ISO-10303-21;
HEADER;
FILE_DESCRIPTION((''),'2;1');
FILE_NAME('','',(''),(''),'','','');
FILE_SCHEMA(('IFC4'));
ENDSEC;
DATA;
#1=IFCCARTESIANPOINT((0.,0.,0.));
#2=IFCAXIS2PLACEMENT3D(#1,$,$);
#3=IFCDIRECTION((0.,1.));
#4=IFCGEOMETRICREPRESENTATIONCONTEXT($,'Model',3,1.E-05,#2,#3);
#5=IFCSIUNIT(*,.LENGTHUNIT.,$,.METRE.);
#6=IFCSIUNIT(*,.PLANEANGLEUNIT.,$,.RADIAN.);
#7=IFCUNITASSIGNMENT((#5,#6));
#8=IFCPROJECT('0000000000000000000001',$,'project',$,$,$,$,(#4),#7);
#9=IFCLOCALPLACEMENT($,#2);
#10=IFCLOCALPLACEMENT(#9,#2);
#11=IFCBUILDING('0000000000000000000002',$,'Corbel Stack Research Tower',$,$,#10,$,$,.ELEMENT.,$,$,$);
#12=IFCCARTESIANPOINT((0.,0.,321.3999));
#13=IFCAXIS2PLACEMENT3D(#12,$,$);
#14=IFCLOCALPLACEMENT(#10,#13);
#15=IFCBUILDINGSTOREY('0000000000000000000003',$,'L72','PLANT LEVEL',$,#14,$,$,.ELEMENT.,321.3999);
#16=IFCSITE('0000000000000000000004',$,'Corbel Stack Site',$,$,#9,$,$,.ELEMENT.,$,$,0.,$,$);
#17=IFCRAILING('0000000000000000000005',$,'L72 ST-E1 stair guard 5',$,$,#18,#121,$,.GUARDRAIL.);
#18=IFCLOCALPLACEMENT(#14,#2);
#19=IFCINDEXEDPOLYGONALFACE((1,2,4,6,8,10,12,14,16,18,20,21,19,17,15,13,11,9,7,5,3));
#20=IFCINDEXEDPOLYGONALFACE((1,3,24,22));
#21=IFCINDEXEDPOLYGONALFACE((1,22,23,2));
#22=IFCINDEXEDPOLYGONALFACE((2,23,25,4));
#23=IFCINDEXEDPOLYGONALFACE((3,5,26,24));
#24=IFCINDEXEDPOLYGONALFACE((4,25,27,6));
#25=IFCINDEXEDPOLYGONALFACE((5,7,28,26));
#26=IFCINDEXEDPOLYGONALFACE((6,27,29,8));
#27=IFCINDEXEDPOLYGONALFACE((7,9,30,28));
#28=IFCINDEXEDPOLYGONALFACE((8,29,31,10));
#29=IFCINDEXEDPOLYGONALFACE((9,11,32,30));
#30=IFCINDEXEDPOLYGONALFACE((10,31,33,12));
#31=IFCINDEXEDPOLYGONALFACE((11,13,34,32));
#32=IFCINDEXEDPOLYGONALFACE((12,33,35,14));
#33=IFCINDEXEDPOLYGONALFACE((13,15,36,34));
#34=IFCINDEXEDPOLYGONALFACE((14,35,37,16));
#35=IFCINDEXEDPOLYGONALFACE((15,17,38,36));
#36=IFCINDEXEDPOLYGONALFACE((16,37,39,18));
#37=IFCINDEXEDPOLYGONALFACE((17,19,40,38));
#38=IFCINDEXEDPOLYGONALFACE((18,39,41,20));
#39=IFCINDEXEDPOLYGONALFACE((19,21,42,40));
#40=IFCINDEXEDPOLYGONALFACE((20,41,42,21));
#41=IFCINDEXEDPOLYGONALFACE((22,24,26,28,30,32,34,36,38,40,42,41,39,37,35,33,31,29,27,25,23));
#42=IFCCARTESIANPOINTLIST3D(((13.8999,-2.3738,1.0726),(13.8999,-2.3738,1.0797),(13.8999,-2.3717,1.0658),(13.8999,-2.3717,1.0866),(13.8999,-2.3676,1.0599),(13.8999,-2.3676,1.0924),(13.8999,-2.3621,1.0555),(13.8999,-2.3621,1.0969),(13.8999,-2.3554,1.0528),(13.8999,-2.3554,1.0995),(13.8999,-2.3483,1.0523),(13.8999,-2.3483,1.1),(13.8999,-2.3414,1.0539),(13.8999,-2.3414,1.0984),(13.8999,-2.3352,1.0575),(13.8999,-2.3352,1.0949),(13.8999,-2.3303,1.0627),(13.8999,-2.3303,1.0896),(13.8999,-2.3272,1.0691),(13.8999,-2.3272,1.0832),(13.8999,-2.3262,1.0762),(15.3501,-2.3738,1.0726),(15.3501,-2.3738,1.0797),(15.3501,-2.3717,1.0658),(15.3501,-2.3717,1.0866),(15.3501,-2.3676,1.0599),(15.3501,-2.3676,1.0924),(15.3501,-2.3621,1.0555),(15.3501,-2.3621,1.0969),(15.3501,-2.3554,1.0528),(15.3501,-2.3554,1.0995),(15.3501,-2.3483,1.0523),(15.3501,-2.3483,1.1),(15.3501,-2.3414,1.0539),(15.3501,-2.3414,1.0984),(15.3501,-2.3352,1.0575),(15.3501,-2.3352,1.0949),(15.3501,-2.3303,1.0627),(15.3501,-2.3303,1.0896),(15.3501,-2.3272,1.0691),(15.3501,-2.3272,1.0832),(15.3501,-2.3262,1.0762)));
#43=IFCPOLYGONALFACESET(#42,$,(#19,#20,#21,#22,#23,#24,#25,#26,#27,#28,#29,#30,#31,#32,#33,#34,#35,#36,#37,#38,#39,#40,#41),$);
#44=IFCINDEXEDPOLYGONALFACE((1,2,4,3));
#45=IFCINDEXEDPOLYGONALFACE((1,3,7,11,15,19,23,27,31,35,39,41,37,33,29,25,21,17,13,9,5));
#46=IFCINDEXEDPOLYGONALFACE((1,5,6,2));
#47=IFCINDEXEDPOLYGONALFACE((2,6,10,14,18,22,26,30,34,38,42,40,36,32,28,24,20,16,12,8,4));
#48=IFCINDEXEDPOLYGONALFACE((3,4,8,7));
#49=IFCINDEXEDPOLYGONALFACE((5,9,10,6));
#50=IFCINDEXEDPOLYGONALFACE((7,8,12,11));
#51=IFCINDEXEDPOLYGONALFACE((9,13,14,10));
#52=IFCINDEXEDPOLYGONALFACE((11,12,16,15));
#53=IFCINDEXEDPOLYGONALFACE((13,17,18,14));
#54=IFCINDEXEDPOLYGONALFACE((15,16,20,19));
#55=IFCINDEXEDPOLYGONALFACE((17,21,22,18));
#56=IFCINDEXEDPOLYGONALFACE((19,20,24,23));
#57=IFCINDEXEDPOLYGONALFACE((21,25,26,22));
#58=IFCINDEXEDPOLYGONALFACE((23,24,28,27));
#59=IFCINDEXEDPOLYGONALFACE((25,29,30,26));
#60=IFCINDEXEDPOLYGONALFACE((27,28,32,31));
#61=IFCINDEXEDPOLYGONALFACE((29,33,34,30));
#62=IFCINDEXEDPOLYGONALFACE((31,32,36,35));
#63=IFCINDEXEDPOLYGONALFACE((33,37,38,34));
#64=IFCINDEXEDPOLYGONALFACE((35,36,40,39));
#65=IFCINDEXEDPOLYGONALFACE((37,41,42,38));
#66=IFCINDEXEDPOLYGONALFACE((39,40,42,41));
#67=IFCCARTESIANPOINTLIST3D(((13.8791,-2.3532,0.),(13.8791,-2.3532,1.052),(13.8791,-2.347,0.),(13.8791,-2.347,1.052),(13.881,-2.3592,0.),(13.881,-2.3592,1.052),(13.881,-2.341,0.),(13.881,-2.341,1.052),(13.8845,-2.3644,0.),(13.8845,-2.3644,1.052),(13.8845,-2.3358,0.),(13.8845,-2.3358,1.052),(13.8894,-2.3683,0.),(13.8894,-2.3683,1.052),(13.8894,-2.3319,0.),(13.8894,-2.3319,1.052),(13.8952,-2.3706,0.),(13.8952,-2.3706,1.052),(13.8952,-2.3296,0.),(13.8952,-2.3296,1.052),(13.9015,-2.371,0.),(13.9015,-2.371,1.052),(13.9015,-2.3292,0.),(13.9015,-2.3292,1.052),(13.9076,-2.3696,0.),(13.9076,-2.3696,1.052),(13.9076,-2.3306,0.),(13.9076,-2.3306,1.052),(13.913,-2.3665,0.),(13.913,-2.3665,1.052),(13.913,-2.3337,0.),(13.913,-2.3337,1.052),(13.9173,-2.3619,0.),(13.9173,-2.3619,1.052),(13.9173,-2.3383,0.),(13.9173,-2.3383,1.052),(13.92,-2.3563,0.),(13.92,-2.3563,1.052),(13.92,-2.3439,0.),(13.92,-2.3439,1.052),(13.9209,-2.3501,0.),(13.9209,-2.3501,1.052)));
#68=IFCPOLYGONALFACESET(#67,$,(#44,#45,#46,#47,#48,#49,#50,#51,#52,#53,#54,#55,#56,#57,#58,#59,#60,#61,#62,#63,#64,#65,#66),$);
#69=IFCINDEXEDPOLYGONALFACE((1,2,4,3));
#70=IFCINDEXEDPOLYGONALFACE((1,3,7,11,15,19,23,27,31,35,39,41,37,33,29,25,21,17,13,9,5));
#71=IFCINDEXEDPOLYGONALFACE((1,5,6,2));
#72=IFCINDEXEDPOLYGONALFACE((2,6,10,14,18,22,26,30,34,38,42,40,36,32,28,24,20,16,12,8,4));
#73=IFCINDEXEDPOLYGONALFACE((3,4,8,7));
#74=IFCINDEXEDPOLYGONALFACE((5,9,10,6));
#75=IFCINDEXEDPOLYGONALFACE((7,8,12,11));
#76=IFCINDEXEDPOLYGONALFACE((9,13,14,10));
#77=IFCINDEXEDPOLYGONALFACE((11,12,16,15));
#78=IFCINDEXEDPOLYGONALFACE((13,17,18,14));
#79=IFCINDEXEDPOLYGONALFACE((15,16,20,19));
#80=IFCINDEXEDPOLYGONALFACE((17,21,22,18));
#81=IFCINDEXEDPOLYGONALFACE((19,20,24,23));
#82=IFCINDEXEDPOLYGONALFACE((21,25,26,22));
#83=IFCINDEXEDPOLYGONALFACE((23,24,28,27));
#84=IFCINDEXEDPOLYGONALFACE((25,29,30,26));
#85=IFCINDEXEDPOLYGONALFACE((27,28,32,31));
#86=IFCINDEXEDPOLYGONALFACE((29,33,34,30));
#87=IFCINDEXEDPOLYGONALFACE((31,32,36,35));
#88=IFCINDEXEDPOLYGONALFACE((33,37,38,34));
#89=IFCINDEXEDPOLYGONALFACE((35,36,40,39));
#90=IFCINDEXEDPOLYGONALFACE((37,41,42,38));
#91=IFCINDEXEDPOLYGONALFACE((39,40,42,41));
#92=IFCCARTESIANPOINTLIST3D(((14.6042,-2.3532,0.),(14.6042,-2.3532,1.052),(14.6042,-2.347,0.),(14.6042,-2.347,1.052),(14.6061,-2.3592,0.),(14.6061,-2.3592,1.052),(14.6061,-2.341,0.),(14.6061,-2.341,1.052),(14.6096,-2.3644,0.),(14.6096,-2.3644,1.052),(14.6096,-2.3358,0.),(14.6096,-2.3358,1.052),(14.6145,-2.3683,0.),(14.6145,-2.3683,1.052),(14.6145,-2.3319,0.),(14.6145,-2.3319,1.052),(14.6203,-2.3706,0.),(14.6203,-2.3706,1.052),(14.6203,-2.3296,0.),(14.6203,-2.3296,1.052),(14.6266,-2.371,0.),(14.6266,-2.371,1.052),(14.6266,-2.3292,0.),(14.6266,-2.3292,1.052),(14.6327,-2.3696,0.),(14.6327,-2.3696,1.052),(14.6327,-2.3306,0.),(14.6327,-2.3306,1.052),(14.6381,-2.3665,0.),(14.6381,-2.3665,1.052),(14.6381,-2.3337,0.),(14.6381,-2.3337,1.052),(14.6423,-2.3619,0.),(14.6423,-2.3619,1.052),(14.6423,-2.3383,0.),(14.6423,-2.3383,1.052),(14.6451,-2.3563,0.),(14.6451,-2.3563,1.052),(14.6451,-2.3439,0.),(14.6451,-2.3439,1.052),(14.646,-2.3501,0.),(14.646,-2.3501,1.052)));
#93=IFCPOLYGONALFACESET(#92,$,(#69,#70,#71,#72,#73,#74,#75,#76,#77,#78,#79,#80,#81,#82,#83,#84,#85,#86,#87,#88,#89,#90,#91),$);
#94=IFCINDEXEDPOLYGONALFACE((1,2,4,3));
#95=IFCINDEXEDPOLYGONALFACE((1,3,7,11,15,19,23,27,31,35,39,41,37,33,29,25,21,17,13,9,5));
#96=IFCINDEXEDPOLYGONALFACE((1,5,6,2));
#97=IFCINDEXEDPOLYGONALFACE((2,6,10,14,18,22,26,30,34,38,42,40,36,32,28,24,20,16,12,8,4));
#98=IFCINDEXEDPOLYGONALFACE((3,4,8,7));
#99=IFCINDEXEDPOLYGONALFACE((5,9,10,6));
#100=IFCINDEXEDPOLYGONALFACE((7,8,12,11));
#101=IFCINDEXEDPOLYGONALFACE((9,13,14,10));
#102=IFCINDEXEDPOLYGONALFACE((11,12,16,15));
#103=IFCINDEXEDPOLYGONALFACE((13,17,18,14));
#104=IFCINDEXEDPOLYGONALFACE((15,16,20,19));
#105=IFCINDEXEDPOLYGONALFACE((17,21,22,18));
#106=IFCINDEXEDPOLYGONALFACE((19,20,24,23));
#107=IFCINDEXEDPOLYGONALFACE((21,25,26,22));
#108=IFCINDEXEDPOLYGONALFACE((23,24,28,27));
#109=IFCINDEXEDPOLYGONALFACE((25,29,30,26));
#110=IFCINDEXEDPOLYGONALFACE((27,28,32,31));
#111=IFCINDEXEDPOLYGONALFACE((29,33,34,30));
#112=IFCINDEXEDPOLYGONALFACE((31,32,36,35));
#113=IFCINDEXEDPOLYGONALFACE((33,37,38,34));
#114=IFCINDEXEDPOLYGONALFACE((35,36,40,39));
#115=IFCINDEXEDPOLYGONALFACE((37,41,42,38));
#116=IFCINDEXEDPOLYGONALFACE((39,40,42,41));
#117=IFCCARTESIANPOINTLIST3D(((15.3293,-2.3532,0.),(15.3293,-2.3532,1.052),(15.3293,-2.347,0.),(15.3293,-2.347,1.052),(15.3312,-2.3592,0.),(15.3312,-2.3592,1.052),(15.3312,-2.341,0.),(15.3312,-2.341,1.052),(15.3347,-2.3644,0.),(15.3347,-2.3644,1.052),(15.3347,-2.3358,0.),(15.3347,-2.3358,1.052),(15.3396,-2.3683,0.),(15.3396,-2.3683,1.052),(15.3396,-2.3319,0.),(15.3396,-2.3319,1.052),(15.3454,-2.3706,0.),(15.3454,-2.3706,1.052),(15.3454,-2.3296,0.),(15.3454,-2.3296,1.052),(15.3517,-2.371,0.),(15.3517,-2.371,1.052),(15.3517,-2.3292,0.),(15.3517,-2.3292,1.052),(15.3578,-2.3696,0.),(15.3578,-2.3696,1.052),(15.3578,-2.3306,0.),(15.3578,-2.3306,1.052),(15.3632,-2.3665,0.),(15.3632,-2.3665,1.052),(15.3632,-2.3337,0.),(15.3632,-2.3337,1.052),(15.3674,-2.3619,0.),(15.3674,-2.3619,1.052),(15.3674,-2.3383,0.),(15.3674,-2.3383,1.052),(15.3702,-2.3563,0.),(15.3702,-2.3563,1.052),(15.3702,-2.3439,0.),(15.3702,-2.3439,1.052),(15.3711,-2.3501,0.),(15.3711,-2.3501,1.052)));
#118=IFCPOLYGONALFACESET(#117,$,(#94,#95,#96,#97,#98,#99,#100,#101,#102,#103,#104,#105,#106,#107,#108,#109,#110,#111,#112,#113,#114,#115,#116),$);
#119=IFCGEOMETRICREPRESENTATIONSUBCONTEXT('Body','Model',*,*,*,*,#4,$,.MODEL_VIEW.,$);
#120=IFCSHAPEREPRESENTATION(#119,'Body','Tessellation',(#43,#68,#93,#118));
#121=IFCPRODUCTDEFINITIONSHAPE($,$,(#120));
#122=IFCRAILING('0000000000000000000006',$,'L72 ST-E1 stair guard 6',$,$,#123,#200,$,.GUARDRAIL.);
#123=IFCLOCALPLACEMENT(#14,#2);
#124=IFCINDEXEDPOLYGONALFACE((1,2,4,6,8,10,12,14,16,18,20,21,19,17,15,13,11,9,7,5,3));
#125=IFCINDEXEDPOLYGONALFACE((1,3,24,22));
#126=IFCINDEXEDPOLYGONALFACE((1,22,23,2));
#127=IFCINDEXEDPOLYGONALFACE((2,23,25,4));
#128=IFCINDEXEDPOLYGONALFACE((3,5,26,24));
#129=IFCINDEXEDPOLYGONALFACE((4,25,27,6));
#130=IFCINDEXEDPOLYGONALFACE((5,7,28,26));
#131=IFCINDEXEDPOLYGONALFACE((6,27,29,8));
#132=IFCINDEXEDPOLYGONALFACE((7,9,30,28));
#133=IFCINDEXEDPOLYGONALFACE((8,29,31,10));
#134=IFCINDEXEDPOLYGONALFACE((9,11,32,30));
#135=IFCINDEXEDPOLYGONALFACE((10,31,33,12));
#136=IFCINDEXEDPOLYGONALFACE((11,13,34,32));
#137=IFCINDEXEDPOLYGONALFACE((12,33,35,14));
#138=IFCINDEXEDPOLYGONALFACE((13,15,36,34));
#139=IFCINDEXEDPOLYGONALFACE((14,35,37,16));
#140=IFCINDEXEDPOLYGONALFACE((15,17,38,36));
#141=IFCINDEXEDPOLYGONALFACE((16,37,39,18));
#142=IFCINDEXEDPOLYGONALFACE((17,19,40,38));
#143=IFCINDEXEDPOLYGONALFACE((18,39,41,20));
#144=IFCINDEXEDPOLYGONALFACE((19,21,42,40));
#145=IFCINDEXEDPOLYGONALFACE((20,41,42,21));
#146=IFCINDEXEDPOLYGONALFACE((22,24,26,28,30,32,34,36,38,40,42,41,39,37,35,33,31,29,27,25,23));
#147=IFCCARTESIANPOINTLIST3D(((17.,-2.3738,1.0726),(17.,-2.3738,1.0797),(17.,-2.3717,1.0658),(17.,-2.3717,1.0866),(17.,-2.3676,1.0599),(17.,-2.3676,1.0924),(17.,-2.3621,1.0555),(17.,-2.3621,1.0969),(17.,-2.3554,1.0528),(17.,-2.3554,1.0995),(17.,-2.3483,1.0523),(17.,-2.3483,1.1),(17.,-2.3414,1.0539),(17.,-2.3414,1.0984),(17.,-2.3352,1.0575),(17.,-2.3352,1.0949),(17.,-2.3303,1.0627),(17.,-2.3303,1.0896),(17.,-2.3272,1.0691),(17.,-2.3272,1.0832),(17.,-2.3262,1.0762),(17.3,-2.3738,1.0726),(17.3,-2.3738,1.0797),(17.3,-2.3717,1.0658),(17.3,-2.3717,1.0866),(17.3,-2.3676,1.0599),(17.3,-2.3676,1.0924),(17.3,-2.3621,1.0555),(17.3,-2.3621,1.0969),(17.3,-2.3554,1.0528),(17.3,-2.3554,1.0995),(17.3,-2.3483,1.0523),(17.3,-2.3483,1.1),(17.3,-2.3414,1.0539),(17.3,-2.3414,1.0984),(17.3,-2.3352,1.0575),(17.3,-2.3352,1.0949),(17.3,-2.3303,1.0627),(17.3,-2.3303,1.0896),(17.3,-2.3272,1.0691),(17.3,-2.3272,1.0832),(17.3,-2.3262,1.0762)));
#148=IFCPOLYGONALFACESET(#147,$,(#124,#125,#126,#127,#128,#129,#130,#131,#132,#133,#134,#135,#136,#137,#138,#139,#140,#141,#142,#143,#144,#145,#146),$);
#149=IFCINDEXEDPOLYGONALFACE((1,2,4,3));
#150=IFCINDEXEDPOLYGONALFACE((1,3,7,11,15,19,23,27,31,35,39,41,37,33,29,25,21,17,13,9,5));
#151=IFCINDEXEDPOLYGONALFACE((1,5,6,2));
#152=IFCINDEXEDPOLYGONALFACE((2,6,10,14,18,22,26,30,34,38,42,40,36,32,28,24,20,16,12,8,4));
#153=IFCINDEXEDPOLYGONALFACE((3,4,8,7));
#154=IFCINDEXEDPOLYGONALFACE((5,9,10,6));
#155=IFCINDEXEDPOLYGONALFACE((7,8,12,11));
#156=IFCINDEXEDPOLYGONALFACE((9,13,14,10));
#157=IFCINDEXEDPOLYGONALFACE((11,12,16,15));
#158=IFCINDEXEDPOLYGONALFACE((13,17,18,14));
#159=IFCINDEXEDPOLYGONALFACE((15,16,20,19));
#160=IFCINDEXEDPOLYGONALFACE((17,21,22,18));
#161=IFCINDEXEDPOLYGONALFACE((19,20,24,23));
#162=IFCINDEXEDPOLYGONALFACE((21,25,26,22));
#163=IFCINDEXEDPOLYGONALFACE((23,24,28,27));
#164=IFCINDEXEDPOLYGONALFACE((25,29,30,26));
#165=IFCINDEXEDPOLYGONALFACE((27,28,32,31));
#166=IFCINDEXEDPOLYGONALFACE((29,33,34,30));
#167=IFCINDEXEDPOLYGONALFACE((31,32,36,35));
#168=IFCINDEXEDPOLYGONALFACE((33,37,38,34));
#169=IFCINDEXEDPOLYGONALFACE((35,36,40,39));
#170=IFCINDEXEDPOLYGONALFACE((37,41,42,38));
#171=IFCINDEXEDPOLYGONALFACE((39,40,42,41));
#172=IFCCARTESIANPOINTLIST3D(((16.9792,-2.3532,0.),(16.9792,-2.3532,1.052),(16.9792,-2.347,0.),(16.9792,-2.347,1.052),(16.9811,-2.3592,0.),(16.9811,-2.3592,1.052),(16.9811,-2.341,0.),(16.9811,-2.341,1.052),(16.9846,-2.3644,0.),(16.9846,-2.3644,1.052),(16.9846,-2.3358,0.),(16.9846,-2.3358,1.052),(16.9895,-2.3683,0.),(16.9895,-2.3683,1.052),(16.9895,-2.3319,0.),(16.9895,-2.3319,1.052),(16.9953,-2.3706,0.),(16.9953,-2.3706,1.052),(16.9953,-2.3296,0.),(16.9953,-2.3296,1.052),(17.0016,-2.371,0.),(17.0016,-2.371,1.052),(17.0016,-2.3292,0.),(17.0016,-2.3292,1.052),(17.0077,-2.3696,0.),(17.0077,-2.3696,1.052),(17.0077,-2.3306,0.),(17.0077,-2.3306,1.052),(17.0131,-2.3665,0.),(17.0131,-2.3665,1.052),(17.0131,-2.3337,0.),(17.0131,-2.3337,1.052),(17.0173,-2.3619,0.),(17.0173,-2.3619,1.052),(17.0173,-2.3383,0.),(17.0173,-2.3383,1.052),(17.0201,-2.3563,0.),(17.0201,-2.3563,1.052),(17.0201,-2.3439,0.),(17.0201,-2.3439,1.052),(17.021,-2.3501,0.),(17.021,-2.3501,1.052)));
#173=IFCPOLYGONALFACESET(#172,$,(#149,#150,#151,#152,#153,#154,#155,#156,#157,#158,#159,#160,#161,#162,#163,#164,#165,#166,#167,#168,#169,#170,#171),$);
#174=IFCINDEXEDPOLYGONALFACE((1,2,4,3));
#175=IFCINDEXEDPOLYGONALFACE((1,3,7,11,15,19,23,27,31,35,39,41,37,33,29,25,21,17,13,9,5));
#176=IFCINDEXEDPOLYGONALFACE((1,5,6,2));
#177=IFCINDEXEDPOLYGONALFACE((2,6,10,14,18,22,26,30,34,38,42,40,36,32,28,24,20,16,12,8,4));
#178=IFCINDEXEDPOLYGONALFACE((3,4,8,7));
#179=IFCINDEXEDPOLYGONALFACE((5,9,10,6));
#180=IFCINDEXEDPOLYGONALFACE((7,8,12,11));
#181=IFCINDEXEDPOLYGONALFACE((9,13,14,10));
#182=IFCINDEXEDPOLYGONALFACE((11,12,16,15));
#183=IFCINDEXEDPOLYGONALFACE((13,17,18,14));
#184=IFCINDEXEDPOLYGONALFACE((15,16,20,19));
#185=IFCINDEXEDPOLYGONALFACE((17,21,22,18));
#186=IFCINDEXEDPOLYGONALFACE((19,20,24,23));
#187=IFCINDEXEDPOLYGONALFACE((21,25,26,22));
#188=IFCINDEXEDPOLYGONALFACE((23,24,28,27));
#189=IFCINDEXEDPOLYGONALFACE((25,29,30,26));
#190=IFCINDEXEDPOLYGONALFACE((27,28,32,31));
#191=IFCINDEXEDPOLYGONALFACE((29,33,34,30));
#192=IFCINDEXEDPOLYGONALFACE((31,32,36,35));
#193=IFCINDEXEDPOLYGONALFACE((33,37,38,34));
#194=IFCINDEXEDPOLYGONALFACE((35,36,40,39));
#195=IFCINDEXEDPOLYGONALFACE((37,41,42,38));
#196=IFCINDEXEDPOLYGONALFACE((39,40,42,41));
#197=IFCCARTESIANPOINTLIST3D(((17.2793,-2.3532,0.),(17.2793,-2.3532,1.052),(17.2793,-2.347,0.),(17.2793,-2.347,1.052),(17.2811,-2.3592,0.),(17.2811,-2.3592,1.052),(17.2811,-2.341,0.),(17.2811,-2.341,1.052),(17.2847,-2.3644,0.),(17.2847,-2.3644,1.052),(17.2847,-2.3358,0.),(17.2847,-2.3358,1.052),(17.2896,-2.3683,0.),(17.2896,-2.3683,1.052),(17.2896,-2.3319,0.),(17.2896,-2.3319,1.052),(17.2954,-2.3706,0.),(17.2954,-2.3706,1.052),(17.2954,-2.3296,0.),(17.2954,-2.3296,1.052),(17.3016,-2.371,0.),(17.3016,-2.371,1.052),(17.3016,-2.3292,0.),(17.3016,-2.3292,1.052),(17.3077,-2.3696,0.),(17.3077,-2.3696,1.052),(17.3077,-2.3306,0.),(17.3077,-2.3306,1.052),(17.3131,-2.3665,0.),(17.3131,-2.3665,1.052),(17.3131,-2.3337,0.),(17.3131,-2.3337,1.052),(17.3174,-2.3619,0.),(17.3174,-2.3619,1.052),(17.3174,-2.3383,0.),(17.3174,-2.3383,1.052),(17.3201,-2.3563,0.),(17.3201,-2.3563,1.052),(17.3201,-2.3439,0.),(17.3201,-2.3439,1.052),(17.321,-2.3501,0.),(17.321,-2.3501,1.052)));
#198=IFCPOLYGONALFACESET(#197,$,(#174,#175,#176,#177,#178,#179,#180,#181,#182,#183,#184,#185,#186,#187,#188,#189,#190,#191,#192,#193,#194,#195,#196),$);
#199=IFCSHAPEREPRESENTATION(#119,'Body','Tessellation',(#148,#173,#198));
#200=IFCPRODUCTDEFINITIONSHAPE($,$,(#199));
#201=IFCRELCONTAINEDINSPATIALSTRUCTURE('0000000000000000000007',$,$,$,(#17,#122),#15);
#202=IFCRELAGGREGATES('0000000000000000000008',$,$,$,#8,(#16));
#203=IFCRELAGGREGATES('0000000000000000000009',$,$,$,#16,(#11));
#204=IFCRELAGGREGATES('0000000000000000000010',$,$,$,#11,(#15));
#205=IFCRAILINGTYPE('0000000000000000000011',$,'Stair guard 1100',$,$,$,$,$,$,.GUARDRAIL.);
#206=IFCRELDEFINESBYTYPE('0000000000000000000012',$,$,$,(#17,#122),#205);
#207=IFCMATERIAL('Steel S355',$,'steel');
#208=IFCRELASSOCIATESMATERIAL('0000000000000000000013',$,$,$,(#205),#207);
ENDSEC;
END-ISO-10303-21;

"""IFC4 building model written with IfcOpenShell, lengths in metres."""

from ifc_helpers import new_model, si_unit, direction, frame, origin, origin_2d, place, context, subcontext, project, spatial, circle, extrude, material, type_object, element, save


model = new_model("IFC4")

# Units and contexts
model_context = context("Model", 3, precision=1e-05, world=origin(), true_north=direction((0.0, 1.0)))
body_context = subcontext(model_context, "Body", "Model", "MODEL_VIEW")
ifc_project = project(units=[si_unit("LENGTHUNIT", "METRE"), si_unit("PLANEANGLEUNIT", "RADIAN")], contexts=[model_context])

# Site, building, storey
site_placement = place(None, origin())
site = spatial("IfcSite", under=ifc_project, at=site_placement, Name="Corbel Stack Site", CompositionType="ELEMENT", RefElevation=0.0)
building_placement = place(site_placement, origin())
building = spatial("IfcBuilding", under=site, at=building_placement, Name="Corbel Stack Research Tower", CompositionType="ELEMENT")
storey_placement = place(building_placement, frame((0.0, 0.0, 321.3999)))
storey = spatial("IfcBuildingStorey", under=building, at=storey_placement, Name="L72", Description="PLANT LEVEL", CompositionType="ELEMENT", Elevation=321.3999)

# Railings
ifc_material_1 = material(Name="Steel S355", Category="steel")
railing_type_1 = type_object("IfcRailingType", Name="Stair guard 1100", PredefinedType="GUARDRAIL", material=ifc_material_1)
railing_1_placement = place(storey_placement, frame((13.8999, -2.3501, 0.0)))
element("IfcRailing", 1, at=railing_1_placement, inside=storey, type_object=railing_type_1, Name="L72 ST-E1 stair guard 5", PredefinedType="GUARDRAIL", context=body_context, shape_type="SweptSolid", body=[
    extrude(circle(Radius=0.0239, at=origin_2d()), frame((0.0, 0.0, 1.0762), z_axis=(1.0, 0.0, 0.0), x_axis=(0.0, 1.0, 0.0)), (0.0, 0.0, 1.0), 1.4502),
    extrude(circle(Radius=0.021, at=origin_2d()), origin(), (0.0, 0.0, 1.0), 1.052),
    extrude(circle(Radius=0.021, at=origin_2d()), frame((0.7251, 0.0, 0.0)), (0.0, 0.0, 1.0), 1.052),
    extrude(circle(Radius=0.021, at=origin_2d()), frame((1.4502, 0.0, 0.0)), (0.0, 0.0, 1.0), 1.052),
])
railing_2_placement = place(storey_placement, frame((17.0, -2.3501, 0.0)))
element("IfcRailing", 2, at=railing_2_placement, inside=storey, type_object=railing_type_1, Name="L72 ST-E1 stair guard 6", PredefinedType="GUARDRAIL", context=body_context, shape_type="SweptSolid", body=[
    extrude(circle(Radius=0.0239, at=origin_2d()), frame((0.0, 0.0, 1.0762), z_axis=(1.0, 0.0, 0.0), x_axis=(0.0, 1.0, 0.0)), (0.0, 0.0, 1.0), 0.3),
    extrude(circle(Radius=0.021, at=origin_2d()), origin(), (0.0, 0.0, 1.0), 1.052),
    extrude(circle(Radius=0.021, at=origin_2d()), frame((0.3, 0.0, 0.0)), (0.0, 0.0, 1.0), 1.052),
])

save(model, "model.ifc")
